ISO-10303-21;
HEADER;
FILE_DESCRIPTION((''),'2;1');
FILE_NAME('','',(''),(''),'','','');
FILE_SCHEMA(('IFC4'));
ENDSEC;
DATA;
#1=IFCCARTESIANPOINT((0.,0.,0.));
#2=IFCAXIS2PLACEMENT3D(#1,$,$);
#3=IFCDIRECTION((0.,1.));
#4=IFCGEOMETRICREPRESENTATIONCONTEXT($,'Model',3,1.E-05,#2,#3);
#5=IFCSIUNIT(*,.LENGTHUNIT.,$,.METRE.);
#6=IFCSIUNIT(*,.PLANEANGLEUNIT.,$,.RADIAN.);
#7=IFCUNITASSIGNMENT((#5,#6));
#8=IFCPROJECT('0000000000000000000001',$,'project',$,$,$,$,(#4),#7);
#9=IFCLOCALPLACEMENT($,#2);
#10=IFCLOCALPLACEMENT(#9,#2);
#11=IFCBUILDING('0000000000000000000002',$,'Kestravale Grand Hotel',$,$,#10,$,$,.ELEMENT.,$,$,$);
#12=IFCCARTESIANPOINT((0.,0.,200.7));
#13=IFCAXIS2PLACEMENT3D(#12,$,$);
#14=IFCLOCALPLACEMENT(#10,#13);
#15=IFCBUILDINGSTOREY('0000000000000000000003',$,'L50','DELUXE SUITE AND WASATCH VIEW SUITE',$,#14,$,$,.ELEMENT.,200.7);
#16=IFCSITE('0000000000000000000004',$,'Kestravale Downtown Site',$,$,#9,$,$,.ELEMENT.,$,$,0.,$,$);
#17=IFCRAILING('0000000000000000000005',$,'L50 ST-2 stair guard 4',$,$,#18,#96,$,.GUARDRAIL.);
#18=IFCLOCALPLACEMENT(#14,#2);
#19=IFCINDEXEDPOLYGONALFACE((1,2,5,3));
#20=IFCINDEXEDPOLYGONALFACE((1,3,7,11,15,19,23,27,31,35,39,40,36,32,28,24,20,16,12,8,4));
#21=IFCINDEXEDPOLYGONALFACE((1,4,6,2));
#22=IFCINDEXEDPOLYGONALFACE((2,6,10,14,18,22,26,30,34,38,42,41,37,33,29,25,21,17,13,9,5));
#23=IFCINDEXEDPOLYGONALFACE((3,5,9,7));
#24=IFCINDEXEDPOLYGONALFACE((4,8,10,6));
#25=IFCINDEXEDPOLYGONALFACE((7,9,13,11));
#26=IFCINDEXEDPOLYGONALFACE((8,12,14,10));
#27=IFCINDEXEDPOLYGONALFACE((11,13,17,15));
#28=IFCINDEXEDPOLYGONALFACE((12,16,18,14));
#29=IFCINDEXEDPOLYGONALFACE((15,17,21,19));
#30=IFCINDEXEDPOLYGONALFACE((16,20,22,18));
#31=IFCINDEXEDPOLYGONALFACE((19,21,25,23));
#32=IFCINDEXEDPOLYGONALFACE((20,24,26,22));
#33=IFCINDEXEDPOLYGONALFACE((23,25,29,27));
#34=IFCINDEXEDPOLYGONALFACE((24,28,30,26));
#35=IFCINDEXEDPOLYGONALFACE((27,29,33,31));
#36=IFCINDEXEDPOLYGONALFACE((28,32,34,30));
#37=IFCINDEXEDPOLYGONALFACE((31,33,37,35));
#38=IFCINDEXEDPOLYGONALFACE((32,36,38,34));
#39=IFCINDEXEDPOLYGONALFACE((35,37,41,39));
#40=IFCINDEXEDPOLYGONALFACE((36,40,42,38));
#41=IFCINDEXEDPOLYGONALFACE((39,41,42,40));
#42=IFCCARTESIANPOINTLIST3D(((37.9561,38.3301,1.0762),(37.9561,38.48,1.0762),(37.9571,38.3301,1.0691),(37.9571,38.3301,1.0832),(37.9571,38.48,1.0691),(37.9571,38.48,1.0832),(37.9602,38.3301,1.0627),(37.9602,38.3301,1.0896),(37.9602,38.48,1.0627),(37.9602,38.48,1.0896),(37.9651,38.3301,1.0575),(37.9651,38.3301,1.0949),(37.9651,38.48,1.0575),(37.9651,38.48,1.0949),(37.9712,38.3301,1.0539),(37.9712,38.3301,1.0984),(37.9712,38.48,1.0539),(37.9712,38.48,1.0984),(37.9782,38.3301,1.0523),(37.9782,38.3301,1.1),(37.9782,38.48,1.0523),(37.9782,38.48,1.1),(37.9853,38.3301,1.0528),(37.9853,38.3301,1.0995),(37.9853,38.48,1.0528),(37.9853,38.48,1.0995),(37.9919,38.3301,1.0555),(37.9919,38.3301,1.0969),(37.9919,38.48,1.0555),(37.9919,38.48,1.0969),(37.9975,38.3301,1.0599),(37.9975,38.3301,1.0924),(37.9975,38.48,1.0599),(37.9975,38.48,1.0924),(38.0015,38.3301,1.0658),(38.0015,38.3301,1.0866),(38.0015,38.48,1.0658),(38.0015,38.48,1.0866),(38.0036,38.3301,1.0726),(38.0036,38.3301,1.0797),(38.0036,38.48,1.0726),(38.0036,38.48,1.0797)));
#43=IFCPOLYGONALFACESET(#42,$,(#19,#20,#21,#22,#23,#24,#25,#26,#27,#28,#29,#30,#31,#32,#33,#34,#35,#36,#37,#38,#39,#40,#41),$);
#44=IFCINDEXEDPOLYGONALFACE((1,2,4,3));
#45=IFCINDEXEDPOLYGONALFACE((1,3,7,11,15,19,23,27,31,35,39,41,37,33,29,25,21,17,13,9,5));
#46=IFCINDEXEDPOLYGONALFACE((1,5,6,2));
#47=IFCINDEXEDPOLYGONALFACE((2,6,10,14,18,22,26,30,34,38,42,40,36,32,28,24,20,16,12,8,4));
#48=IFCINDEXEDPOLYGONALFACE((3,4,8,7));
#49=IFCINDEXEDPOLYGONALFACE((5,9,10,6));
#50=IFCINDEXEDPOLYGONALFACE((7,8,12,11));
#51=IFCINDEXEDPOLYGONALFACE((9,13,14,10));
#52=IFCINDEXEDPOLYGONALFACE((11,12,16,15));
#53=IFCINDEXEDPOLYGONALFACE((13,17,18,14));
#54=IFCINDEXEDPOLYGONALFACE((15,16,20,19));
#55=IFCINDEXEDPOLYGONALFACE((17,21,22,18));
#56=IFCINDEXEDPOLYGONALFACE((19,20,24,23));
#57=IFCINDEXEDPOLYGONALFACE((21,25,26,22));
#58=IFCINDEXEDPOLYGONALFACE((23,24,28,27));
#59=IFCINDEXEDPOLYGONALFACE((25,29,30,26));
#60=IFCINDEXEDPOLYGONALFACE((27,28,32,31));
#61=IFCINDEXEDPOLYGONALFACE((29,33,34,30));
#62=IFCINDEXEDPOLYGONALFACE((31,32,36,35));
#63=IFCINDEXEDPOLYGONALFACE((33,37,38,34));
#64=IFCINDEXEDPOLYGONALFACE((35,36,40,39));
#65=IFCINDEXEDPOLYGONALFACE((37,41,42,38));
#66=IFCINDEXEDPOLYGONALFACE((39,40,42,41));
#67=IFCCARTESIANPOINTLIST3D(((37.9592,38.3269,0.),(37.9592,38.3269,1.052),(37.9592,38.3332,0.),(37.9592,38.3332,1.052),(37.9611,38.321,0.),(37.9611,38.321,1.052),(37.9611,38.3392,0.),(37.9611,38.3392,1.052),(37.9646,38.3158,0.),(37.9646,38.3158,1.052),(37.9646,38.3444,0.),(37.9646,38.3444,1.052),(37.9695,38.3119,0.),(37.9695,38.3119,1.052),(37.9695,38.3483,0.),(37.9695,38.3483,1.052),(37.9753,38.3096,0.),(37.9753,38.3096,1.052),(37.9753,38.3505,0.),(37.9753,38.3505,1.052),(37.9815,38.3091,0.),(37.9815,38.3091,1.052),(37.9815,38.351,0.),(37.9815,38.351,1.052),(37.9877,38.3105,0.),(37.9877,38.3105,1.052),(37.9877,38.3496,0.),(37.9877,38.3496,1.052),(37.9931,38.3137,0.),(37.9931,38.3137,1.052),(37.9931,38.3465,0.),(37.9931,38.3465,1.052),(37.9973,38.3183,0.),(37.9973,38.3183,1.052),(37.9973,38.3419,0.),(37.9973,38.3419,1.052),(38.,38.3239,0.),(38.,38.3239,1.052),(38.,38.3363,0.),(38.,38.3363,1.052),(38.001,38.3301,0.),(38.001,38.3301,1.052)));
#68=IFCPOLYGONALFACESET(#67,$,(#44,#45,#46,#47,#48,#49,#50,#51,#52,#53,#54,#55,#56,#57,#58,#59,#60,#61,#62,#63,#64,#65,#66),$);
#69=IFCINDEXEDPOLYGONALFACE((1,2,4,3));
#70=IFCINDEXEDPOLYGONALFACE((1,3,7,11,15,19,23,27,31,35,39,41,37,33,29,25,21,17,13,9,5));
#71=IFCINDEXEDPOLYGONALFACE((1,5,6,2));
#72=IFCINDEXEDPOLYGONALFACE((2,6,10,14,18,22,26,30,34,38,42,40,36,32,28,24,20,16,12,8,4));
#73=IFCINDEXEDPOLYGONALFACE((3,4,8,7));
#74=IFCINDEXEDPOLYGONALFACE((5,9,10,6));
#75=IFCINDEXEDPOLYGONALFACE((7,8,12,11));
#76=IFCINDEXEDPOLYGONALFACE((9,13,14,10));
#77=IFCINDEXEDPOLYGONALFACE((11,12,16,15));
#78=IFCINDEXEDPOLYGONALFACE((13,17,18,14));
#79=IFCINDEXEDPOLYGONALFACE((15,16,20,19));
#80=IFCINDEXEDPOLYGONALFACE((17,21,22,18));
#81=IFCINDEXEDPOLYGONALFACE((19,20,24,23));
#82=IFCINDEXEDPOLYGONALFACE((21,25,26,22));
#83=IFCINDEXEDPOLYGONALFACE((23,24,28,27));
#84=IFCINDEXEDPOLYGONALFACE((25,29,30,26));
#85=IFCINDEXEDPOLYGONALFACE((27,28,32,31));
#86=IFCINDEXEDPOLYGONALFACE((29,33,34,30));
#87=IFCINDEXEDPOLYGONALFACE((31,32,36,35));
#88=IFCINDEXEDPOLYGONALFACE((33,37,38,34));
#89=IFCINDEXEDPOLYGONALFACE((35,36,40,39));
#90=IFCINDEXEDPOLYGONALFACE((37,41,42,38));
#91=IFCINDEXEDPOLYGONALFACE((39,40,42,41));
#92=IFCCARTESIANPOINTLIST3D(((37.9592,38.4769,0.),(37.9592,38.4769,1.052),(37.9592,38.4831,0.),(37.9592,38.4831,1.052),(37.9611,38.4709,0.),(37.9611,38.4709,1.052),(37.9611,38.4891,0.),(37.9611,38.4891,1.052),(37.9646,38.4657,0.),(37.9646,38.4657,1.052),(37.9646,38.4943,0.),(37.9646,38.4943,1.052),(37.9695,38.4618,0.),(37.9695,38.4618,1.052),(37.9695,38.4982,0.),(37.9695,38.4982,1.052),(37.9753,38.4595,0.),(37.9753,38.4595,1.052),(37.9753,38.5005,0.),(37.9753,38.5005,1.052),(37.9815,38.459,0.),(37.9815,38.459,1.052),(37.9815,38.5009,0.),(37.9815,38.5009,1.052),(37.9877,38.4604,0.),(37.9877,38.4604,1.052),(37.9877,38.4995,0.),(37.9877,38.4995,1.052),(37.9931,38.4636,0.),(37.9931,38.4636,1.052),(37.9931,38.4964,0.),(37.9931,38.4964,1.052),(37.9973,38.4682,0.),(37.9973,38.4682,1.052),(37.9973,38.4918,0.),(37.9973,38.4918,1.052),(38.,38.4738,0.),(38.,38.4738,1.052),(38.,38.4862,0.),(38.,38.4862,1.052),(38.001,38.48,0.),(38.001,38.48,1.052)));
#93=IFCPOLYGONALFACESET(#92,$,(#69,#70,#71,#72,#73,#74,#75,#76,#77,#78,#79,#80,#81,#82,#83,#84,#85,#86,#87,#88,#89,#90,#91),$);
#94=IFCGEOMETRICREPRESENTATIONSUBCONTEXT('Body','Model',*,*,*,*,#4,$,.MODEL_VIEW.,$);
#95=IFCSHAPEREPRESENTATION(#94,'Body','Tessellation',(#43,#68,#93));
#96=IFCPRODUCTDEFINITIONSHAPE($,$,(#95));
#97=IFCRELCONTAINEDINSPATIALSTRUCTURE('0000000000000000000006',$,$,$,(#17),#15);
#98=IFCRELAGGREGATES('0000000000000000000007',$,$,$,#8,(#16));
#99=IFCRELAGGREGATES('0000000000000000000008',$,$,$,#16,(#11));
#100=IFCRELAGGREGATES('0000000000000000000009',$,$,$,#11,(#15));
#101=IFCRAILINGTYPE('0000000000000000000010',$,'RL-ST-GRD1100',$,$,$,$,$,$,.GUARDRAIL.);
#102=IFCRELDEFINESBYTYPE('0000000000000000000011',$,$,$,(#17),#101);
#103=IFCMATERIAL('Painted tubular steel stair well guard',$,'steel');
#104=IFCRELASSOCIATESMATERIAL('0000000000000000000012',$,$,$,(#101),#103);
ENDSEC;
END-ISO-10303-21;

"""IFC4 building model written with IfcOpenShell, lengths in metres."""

from ifc_helpers import new_model, si_unit, direction, frame, origin, origin_2d, place, context, subcontext, project, spatial, circle, extrude, material, type_object, element, save


model = new_model("IFC4")

# Units and contexts
model_context = context("Model", 3, precision=1e-05, world=origin(), true_north=direction((0.0, 1.0)))
body_context = subcontext(model_context, "Body", "Model", "MODEL_VIEW")
ifc_project = project(units=[si_unit("LENGTHUNIT", "METRE"), si_unit("PLANEANGLEUNIT", "RADIAN")], contexts=[model_context])

# Site, building, storey
site_placement = place(None, origin())
site = spatial("IfcSite", under=ifc_project, at=site_placement, Name="Kestravale Downtown Site", CompositionType="ELEMENT", RefElevation=0.0)
building_placement = place(site_placement, origin())
building = spatial("IfcBuilding", under=site, at=building_placement, Name="Kestravale Grand Hotel", CompositionType="ELEMENT")
storey_placement = place(building_placement, frame((0.0, 0.0, 200.7)))
storey = spatial("IfcBuildingStorey", under=building, at=storey_placement, Name="L50", Description="DELUXE SUITE AND WASATCH VIEW SUITE", CompositionType="ELEMENT", Elevation=200.7)

# Railing
ifc_material_1 = material(Name="Painted tubular steel stair well guard", Category="steel")
railing_type_1 = type_object("IfcRailingType", Name="RL-ST-GRD1100", PredefinedType="GUARDRAIL", material=ifc_material_1)
railing_1_placement = place(storey_placement, frame((37.98, 38.3301, 0.0)))
element("IfcRailing", 1, at=railing_1_placement, inside=storey, type_object=railing_type_1, Name="L50 ST-2 stair guard 4", PredefinedType="GUARDRAIL", context=body_context, shape_type="SweptSolid", body=[
    extrude(circle(Radius=0.0239, at=origin_2d()), frame((0.0, 0.0, 1.0762), z_axis=(0.0, 1.0, 0.0), x_axis=(-1.0, 0.0, 0.0)), (0.0, 0.0, 1.0), 0.1499),
    extrude(circle(Radius=0.021, at=origin_2d()), origin(), (0.0, 0.0, 1.0), 1.052),
    extrude(circle(Radius=0.021, at=origin_2d()), frame((0.0, 0.1499, 0.0)), (0.0, 0.0, 1.0), 1.052),
])

save(model, "model.ifc")
